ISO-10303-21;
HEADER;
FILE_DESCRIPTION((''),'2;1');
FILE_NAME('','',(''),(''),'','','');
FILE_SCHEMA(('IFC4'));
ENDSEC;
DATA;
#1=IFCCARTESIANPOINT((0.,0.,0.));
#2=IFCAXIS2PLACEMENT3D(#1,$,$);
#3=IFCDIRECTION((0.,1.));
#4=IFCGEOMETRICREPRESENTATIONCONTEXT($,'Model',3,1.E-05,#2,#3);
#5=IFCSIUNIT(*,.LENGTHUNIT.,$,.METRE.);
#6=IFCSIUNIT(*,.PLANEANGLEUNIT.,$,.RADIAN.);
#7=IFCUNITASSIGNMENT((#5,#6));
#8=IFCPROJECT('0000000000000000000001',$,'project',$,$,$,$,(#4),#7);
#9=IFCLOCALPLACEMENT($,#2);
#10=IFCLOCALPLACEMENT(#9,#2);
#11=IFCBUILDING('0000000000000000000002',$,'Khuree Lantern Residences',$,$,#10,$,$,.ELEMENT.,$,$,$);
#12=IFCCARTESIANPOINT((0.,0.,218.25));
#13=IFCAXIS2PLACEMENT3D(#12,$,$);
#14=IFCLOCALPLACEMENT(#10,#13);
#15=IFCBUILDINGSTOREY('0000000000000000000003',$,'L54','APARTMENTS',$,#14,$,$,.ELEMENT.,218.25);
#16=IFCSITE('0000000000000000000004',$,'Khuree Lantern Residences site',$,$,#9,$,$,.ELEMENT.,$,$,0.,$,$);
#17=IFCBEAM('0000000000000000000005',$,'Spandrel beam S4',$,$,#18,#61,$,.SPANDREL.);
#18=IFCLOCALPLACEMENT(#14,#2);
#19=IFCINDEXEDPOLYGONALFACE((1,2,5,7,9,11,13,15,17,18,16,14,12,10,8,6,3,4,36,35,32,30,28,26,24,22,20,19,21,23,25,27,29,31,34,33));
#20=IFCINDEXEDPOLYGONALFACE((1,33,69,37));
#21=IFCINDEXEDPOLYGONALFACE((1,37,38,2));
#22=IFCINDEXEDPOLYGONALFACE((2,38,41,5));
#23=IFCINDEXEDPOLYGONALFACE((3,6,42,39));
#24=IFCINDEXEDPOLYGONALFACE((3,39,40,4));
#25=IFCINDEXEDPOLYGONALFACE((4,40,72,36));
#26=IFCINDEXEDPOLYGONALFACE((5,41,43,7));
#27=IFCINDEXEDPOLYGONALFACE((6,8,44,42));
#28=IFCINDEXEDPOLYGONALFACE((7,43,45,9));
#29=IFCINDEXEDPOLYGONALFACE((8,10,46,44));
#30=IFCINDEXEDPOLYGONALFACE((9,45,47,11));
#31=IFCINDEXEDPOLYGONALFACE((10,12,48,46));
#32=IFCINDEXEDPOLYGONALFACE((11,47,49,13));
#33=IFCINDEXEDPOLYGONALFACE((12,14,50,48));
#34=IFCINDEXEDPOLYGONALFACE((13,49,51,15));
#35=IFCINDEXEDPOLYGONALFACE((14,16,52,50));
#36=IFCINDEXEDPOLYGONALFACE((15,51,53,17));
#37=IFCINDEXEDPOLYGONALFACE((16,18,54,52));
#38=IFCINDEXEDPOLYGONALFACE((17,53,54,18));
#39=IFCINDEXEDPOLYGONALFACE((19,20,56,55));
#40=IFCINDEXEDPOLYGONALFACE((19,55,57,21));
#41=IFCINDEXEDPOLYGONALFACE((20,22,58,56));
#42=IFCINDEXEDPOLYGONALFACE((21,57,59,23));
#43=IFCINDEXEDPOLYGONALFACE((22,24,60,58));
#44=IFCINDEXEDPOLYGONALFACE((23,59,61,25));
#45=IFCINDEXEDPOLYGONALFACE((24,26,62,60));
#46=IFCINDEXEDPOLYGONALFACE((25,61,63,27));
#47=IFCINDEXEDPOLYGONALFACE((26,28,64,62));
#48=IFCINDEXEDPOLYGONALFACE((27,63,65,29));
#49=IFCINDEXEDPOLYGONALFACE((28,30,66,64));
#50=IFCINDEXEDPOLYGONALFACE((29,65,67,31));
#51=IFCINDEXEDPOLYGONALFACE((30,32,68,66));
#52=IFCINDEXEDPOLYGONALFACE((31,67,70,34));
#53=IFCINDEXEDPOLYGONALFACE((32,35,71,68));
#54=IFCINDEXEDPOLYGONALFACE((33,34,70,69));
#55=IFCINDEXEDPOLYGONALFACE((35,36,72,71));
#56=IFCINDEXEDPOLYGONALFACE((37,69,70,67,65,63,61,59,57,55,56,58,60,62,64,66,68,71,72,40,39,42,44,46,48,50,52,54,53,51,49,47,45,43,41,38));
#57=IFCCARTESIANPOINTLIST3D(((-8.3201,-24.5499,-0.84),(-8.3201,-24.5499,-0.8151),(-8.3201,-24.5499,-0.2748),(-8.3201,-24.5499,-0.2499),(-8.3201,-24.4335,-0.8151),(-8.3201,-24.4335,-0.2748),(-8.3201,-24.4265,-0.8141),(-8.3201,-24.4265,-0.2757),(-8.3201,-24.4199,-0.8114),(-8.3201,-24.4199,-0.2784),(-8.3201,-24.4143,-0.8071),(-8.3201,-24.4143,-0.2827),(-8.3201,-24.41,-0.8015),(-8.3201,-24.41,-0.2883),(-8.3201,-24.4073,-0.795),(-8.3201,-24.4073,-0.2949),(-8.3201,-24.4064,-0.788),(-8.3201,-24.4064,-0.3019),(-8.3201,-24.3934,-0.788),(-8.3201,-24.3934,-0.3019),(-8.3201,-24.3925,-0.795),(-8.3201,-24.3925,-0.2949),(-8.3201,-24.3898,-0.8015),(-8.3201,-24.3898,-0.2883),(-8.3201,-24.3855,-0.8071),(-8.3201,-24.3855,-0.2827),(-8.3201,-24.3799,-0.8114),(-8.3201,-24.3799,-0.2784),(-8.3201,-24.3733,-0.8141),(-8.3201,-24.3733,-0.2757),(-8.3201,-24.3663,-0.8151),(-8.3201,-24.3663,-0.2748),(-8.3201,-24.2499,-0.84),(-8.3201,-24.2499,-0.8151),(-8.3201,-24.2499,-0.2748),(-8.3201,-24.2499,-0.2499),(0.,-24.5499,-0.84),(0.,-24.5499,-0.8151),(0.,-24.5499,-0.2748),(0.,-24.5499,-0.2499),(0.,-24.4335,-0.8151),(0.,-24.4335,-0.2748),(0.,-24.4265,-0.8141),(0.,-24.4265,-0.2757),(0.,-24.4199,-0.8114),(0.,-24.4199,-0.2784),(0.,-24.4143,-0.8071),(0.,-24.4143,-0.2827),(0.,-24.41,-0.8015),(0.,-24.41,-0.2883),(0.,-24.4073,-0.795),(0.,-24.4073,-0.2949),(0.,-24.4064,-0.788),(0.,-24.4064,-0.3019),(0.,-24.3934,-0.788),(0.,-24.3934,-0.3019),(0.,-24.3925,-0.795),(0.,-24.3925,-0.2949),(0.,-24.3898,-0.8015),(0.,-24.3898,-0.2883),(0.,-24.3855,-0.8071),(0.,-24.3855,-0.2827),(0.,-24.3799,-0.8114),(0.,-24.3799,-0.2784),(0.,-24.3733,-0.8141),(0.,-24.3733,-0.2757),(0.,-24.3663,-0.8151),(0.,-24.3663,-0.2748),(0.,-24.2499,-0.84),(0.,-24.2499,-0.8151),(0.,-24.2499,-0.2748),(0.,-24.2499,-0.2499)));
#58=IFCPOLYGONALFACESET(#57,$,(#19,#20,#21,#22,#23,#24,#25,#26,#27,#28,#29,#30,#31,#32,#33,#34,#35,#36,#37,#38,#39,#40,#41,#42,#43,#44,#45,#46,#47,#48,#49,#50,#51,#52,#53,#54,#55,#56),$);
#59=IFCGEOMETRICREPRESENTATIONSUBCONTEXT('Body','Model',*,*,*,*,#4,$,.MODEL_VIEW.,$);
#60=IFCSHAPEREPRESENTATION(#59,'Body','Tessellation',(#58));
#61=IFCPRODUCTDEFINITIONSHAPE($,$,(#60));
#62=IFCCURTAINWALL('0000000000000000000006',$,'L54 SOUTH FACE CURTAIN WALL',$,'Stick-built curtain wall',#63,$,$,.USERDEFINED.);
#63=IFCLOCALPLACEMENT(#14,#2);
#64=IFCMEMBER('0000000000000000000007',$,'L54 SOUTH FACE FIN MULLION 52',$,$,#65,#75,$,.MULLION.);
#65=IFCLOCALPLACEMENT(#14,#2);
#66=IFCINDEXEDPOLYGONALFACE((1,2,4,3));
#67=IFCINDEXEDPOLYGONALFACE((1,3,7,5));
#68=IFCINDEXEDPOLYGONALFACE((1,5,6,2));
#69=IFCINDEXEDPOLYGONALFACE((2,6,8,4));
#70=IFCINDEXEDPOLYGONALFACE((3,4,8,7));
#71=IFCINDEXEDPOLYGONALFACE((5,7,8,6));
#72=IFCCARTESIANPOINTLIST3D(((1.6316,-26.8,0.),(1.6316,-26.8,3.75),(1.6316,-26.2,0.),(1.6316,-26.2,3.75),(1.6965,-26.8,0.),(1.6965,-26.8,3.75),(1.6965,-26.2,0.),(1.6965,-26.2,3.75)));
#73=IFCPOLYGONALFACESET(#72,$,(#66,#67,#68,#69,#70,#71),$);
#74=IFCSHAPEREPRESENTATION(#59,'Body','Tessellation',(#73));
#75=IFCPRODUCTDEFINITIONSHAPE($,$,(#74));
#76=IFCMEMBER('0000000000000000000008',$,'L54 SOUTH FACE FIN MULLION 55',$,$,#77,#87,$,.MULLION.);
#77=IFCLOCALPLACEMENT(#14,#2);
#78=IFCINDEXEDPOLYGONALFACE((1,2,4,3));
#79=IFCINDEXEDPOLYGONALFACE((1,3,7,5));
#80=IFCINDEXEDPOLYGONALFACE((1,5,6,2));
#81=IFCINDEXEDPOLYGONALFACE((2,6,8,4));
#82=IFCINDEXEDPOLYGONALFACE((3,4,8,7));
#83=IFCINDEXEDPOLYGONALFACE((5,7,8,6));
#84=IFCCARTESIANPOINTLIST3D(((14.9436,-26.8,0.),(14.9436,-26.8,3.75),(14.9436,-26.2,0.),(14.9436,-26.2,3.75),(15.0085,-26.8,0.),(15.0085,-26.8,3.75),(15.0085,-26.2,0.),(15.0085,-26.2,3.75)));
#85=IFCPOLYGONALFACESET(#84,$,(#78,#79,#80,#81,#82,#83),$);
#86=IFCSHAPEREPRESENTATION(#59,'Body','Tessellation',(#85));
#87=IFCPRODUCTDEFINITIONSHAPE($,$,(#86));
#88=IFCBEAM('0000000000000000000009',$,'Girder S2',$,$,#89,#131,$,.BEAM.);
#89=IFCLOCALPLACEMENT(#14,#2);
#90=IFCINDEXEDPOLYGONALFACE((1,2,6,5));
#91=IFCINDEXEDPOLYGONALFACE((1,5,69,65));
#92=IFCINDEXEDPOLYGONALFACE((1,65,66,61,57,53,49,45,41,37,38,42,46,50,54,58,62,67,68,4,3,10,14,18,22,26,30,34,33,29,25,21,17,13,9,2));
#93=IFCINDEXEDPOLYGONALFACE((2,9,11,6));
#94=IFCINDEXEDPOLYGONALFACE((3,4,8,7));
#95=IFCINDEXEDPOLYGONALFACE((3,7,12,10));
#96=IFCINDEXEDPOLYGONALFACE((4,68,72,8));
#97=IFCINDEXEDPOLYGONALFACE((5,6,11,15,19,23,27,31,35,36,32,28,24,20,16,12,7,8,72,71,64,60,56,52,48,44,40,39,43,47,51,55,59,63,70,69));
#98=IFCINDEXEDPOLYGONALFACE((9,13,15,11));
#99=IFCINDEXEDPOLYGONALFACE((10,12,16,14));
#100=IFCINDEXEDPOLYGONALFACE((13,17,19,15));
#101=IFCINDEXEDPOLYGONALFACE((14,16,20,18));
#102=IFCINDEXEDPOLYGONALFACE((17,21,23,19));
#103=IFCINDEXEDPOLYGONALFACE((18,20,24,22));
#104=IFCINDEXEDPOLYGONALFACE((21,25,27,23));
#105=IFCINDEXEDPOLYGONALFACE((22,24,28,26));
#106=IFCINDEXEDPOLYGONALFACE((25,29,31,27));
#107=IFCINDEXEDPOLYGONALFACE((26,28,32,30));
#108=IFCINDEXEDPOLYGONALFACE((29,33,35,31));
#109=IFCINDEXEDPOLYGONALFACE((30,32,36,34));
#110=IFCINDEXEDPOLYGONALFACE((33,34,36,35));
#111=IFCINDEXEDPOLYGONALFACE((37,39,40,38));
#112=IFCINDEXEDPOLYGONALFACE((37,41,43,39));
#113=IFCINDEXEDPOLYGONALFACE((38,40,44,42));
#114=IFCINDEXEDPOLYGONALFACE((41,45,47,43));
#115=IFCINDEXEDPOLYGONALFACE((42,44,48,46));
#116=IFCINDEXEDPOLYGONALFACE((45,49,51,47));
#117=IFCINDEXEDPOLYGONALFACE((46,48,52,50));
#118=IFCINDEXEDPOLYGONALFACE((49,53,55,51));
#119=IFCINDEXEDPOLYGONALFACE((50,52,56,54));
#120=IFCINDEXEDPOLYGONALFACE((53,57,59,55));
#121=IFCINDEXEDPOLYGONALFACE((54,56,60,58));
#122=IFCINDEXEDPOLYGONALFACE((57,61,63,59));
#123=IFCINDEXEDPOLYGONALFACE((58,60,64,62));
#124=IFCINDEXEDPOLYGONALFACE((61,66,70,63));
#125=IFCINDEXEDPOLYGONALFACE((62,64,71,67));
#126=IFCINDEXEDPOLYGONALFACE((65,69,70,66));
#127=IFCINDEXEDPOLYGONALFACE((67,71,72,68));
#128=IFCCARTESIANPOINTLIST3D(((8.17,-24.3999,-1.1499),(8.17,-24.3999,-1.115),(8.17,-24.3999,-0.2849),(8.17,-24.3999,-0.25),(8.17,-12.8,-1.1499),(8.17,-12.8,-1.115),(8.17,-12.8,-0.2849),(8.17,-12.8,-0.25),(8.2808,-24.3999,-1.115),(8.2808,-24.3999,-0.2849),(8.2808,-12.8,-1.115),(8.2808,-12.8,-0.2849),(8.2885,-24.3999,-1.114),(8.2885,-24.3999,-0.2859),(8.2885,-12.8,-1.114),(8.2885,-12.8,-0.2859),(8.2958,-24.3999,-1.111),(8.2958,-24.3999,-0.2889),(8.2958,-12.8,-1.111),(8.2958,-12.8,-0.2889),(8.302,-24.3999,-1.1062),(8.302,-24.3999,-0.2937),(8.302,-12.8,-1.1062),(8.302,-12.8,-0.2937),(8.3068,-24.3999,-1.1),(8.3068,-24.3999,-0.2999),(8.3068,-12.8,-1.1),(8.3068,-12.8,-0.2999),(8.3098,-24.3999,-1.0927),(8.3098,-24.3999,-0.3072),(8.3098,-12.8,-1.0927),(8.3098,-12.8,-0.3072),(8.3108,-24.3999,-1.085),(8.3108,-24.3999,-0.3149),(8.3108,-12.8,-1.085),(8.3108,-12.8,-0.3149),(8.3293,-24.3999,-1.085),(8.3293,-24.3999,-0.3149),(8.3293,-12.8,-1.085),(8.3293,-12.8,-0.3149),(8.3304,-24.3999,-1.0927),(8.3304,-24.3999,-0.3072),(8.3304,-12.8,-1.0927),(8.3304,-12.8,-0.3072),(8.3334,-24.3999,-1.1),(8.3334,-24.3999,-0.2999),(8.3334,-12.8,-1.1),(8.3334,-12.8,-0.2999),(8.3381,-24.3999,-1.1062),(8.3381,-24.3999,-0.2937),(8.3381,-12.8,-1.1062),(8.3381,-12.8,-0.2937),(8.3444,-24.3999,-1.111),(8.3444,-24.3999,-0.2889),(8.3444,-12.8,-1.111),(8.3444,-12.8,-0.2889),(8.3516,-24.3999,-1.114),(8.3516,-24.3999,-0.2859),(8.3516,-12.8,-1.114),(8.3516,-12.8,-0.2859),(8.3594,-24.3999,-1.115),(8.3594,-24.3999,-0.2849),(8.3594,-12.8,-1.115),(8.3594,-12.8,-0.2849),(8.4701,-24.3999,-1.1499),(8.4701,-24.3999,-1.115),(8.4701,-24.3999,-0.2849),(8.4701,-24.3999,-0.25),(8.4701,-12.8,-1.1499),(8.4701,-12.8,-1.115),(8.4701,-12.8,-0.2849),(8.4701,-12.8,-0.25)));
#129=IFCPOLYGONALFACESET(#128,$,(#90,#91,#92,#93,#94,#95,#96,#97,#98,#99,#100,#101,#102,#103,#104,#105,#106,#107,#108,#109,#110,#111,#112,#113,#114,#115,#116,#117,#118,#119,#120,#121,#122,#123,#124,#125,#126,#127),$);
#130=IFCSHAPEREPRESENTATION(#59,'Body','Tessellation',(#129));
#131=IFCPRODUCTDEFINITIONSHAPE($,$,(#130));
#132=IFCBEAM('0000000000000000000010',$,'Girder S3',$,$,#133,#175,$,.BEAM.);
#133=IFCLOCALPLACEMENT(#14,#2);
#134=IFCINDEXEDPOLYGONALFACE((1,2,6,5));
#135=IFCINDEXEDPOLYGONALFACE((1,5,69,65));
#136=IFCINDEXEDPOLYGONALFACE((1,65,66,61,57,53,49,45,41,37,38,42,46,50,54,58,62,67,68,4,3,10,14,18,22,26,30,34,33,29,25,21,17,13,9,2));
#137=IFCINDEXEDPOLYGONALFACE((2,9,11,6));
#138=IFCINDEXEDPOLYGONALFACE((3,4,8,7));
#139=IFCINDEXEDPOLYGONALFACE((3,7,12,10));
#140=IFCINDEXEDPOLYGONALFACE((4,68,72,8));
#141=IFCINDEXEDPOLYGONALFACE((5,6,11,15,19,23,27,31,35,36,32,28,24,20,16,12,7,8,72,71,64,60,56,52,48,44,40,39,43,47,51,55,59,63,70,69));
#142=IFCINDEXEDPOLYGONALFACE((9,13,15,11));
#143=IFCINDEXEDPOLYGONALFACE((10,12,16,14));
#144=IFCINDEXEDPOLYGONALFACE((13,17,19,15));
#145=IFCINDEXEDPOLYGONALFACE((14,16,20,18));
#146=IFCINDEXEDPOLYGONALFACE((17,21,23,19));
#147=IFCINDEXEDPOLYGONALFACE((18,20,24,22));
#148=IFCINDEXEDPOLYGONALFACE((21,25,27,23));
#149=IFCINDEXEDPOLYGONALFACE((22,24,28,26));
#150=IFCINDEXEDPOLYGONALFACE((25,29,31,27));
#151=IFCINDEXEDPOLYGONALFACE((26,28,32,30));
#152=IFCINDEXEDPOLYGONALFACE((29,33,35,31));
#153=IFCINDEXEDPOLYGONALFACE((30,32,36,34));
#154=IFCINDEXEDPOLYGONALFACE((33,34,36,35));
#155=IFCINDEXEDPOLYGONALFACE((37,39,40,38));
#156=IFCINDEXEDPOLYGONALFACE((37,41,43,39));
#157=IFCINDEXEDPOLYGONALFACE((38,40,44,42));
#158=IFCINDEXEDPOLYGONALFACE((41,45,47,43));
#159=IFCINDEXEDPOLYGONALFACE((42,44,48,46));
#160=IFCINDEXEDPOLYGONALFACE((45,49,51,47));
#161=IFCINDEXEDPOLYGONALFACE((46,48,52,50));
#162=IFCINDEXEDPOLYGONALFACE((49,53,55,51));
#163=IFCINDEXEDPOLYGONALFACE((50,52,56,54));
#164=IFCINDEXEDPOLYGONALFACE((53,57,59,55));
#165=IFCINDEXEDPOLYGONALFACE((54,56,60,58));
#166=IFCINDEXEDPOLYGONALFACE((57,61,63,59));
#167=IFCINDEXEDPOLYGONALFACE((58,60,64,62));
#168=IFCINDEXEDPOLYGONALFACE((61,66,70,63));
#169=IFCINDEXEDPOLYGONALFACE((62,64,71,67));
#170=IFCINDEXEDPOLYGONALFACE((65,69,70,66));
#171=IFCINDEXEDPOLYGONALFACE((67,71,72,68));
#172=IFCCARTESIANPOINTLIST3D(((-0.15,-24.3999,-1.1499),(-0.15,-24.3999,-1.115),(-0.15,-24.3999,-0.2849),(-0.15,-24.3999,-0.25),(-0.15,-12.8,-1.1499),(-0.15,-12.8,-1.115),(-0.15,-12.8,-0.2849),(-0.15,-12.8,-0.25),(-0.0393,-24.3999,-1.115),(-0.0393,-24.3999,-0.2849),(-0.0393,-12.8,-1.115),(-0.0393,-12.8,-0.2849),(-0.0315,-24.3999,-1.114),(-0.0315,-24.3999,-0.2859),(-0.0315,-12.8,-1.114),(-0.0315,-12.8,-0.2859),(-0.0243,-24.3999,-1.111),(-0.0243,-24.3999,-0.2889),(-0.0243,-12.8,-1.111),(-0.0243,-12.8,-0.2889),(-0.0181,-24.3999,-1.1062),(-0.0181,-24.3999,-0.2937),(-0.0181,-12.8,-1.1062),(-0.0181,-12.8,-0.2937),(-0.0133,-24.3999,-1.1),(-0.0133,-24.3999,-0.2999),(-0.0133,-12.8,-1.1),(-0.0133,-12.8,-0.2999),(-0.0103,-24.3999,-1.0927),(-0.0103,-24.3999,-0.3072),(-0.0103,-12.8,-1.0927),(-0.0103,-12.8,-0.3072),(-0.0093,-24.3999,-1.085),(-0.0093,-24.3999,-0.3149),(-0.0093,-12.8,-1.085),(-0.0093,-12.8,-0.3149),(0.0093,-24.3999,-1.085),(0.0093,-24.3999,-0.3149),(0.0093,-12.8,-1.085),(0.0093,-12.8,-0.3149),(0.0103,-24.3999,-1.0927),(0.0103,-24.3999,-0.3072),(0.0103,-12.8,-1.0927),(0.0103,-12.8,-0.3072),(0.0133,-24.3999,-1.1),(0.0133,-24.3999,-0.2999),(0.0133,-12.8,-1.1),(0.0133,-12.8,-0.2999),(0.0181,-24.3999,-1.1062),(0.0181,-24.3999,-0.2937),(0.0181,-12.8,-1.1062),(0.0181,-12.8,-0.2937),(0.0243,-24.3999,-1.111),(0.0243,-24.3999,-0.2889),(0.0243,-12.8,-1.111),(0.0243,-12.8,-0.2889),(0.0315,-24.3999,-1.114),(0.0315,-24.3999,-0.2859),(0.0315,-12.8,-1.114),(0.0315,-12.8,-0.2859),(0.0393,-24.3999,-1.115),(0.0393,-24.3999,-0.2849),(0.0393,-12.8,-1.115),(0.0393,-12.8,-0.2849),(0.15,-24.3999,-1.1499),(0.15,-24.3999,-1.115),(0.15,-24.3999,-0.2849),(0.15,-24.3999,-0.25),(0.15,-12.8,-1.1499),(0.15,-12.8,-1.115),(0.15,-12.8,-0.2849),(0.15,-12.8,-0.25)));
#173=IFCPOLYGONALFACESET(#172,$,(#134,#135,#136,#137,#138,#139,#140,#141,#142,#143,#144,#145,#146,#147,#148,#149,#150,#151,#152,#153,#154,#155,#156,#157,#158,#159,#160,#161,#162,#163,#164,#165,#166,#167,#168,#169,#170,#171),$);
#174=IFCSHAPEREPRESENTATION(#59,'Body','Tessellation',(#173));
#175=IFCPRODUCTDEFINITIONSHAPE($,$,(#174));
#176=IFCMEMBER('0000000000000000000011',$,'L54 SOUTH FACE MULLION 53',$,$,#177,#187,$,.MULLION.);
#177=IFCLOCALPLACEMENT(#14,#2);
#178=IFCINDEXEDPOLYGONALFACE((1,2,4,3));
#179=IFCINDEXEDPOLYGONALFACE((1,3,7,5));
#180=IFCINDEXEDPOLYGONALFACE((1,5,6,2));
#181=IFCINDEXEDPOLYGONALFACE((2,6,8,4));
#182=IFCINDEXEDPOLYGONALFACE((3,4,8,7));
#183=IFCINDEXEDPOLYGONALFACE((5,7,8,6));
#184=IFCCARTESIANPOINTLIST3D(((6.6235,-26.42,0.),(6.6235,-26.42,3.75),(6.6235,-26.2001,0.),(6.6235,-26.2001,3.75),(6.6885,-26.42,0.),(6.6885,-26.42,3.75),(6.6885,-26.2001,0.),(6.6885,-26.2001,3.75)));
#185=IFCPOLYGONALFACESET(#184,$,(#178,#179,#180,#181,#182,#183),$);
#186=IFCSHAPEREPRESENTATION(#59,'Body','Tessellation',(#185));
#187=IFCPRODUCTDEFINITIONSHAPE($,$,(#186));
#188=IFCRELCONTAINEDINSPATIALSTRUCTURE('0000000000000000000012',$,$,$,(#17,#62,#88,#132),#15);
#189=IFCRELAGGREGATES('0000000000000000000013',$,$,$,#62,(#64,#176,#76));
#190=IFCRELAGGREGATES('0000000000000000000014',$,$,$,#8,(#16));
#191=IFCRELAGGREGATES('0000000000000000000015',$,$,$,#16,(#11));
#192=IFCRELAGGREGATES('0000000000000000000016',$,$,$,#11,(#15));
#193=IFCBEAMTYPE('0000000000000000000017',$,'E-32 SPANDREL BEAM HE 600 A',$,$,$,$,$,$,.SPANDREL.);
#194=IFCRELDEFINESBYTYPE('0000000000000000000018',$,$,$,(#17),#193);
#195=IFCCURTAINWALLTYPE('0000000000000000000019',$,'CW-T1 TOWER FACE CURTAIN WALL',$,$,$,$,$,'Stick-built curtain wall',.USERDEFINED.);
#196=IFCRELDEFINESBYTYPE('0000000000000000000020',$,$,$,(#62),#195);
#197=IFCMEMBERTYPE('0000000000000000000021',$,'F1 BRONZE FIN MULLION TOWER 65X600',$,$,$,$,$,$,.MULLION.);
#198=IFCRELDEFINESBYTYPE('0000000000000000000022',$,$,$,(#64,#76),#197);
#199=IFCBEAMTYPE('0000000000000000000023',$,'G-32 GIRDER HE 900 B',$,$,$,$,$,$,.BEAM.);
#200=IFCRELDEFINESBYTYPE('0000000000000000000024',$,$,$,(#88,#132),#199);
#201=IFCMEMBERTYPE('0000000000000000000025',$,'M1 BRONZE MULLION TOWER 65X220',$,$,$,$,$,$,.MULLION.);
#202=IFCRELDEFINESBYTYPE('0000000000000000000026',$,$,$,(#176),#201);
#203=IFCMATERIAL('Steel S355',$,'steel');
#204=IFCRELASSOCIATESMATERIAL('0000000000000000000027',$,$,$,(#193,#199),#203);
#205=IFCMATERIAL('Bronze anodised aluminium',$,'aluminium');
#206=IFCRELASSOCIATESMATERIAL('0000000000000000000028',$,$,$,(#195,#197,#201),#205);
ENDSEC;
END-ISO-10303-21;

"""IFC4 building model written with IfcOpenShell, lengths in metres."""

from ifc_helpers import new_model, si_unit, direction, frame, origin, origin_2d, place, context, subcontext, project, spatial, rectangle, i_section, extrude, material, material_profile, profile_set, type_object, element, aggregate, save


model = new_model("IFC4")

# Units and contexts
model_context = context("Model", 3, precision=1e-05, world=origin(), true_north=direction((0.0, 1.0)))
body_context = subcontext(model_context, "Body", "Model", "MODEL_VIEW")
ifc_project = project(units=[si_unit("LENGTHUNIT", "METRE"), si_unit("PLANEANGLEUNIT", "RADIAN")], contexts=[model_context])

# Site, building, storey
site_placement = place(None, origin())
site = spatial("IfcSite", under=ifc_project, at=site_placement, Name="Khuree Lantern Residences site", CompositionType="ELEMENT", RefElevation=0.0)
building_placement = place(site_placement, origin())
building = spatial("IfcBuilding", under=site, at=building_placement, Name="Khuree Lantern Residences", CompositionType="ELEMENT")
storey_placement = place(building_placement, frame((0.0, 0.0, 218.25)))
storey = spatial("IfcBuildingStorey", under=building, at=storey_placement, Name="L54", Description="APARTMENTS", CompositionType="ELEMENT", Elevation=218.25)

# Beam
ifc_material_1 = material(Name="Steel S355", Category="steel")
ifc_material_profile_1 = material_profile(ifc_material_1, i_section(OverallWidth=0.3, OverallDepth=0.5901, WebThickness=0.0129, FlangeThickness=0.0249, FilletRadius=0.0271, at=origin_2d()), Name="HE 600 A")
ifc_profile_set_1 = profile_set([ifc_material_profile_1], Name="Steel S355")
beam_type_1 = type_object("IfcBeamType", Name="E-32 SPANDREL BEAM HE 600 A", PredefinedType="SPANDREL", material=ifc_profile_set_1)
for number, where, z_axis, x_axis, name in (
    (1, (0.0, -24.3999, -0.5449), (-1.0, 0.0, 0.0), (0.0, -1.0, 0.0), "Spandrel beam S4"),
):
    element("IfcBeam", number, at=place(storey_placement, frame(where, z_axis=z_axis, x_axis=x_axis)), inside=storey, type_object=beam_type_1, Name=name, PredefinedType="SPANDREL", context=body_context, shape_type="SweptSolid", body=[
        extrude(i_section(OverallWidth=0.3, OverallDepth=0.5901, WebThickness=0.0129, FlangeThickness=0.0249, FilletRadius=0.0271, at=origin_2d()), origin(), (0.0, 0.0, 1.0), 8.3201),
    ])

# Curtain wall, members
ifc_material_2 = material(Name="Bronze anodised aluminium", Category="aluminium")
curtain_wall_type = type_object("IfcCurtainWallType", Name="CW-T1 TOWER FACE CURTAIN WALL", ElementType="Stick-built curtain wall", PredefinedType="USERDEFINED", material=ifc_material_2)
curtain_wall_placement = place(storey_placement, origin())
curtain_wall = element("IfcCurtainWall", 2, at=curtain_wall_placement, inside=storey, type_object=curtain_wall_type, Name="L54 SOUTH FACE CURTAIN WALL", ObjectType="Stick-built curtain wall", PredefinedType="USERDEFINED")
ifc_material_profile_2 = material_profile(ifc_material_2, rectangle(XDim=0.0649, YDim=0.6001, at=origin_2d()), Name="F1 65X600")
ifc_profile_set_2 = profile_set([ifc_material_profile_2], Name="Bronze anodised aluminium")
member_type_1 = type_object("IfcMemberType", Name="F1 BRONZE FIN MULLION TOWER 65X600", PredefinedType="MULLION", material=ifc_profile_set_2)
member_1_placement = place(storey_placement, frame((1.6641, -26.5, 0.0), z_axis=(0.0, 0.0, 1.0), x_axis=(1.0, 0.0, 0.0)))
member_1 = element("IfcMember", 3, at=member_1_placement, type_object=member_type_1, Name="L54 SOUTH FACE FIN MULLION 52", PredefinedType="MULLION", context=body_context, shape_type="SweptSolid", body=[
    extrude(rectangle(XDim=0.0649, YDim=0.6001, at=origin_2d()), origin(), (0.0, 0.0, 1.0), 3.75),
])
member_2_placement = place(storey_placement, frame((14.9761, -26.5, 0.0), z_axis=(0.0, 0.0, 1.0), x_axis=(1.0, 0.0, 0.0)))
member_2 = element("IfcMember", 4, at=member_2_placement, type_object=member_type_1, Name="L54 SOUTH FACE FIN MULLION 55", PredefinedType="MULLION", context=body_context, shape_type="SweptSolid", body=[
    extrude(rectangle(XDim=0.0649, YDim=0.6001, at=origin_2d()), origin(), (0.0, 0.0, 1.0), 3.75),
])

# Beams
ifc_material_profile_3 = material_profile(ifc_material_1, i_section(OverallWidth=0.3, OverallDepth=0.8999, WebThickness=0.0186, FlangeThickness=0.0349, FilletRadius=0.03, at=origin_2d()), Name="HE 900 B")
ifc_profile_set_3 = profile_set([ifc_material_profile_3], Name="Steel S355")
beam_type_2 = type_object("IfcBeamType", Name="G-32 GIRDER HE 900 B", PredefinedType="BEAM", material=ifc_profile_set_3)
for number, where, z_axis, x_axis, name in (
    (5, (8.3201, -24.3999, -0.7), (0.0, 1.0, 0.0), (-1.0, 0.0, 0.0), "Girder S2"),
    (6, (0.0, -24.3999, -0.7), (0.0, 1.0, 0.0), (-1.0, 0.0, 0.0), "Girder S3"),
):
    element("IfcBeam", number, at=place(storey_placement, frame(where, z_axis=z_axis, x_axis=x_axis)), inside=storey, type_object=beam_type_2, Name=name, PredefinedType="BEAM", context=body_context, shape_type="SweptSolid", body=[
        extrude(i_section(OverallWidth=0.3, OverallDepth=0.8999, WebThickness=0.0186, FlangeThickness=0.0349, FilletRadius=0.03, at=origin_2d()), origin(), (0.0, 0.0, 1.0), 11.5999),
    ])

# Member
ifc_material_profile_4 = material_profile(ifc_material_2, rectangle(XDim=0.0649, YDim=0.22, at=origin_2d()), Name="M1 65X220")
ifc_profile_set_4 = profile_set([ifc_material_profile_4], Name="Bronze anodised aluminium")
member_type_2 = type_object("IfcMemberType", Name="M1 BRONZE MULLION TOWER 65X220", PredefinedType="MULLION", material=ifc_profile_set_4)
member_3_placement = place(storey_placement, frame((6.656, -26.3101, 0.0), z_axis=(0.0, 0.0, 1.0), x_axis=(1.0, 0.0, 0.0)))
member_3 = element("IfcMember", 7, at=member_3_placement, type_object=member_type_2, Name="L54 SOUTH FACE MULLION 53", PredefinedType="MULLION", context=body_context, shape_type="SweptSolid", body=[
    extrude(rectangle(XDim=0.0649, YDim=0.22, at=origin_2d()), origin(), (0.0, 0.0, 1.0), 3.75),
])

aggregate(curtain_wall, [member_1, member_3, member_2])

save(model, "model.ifc")
